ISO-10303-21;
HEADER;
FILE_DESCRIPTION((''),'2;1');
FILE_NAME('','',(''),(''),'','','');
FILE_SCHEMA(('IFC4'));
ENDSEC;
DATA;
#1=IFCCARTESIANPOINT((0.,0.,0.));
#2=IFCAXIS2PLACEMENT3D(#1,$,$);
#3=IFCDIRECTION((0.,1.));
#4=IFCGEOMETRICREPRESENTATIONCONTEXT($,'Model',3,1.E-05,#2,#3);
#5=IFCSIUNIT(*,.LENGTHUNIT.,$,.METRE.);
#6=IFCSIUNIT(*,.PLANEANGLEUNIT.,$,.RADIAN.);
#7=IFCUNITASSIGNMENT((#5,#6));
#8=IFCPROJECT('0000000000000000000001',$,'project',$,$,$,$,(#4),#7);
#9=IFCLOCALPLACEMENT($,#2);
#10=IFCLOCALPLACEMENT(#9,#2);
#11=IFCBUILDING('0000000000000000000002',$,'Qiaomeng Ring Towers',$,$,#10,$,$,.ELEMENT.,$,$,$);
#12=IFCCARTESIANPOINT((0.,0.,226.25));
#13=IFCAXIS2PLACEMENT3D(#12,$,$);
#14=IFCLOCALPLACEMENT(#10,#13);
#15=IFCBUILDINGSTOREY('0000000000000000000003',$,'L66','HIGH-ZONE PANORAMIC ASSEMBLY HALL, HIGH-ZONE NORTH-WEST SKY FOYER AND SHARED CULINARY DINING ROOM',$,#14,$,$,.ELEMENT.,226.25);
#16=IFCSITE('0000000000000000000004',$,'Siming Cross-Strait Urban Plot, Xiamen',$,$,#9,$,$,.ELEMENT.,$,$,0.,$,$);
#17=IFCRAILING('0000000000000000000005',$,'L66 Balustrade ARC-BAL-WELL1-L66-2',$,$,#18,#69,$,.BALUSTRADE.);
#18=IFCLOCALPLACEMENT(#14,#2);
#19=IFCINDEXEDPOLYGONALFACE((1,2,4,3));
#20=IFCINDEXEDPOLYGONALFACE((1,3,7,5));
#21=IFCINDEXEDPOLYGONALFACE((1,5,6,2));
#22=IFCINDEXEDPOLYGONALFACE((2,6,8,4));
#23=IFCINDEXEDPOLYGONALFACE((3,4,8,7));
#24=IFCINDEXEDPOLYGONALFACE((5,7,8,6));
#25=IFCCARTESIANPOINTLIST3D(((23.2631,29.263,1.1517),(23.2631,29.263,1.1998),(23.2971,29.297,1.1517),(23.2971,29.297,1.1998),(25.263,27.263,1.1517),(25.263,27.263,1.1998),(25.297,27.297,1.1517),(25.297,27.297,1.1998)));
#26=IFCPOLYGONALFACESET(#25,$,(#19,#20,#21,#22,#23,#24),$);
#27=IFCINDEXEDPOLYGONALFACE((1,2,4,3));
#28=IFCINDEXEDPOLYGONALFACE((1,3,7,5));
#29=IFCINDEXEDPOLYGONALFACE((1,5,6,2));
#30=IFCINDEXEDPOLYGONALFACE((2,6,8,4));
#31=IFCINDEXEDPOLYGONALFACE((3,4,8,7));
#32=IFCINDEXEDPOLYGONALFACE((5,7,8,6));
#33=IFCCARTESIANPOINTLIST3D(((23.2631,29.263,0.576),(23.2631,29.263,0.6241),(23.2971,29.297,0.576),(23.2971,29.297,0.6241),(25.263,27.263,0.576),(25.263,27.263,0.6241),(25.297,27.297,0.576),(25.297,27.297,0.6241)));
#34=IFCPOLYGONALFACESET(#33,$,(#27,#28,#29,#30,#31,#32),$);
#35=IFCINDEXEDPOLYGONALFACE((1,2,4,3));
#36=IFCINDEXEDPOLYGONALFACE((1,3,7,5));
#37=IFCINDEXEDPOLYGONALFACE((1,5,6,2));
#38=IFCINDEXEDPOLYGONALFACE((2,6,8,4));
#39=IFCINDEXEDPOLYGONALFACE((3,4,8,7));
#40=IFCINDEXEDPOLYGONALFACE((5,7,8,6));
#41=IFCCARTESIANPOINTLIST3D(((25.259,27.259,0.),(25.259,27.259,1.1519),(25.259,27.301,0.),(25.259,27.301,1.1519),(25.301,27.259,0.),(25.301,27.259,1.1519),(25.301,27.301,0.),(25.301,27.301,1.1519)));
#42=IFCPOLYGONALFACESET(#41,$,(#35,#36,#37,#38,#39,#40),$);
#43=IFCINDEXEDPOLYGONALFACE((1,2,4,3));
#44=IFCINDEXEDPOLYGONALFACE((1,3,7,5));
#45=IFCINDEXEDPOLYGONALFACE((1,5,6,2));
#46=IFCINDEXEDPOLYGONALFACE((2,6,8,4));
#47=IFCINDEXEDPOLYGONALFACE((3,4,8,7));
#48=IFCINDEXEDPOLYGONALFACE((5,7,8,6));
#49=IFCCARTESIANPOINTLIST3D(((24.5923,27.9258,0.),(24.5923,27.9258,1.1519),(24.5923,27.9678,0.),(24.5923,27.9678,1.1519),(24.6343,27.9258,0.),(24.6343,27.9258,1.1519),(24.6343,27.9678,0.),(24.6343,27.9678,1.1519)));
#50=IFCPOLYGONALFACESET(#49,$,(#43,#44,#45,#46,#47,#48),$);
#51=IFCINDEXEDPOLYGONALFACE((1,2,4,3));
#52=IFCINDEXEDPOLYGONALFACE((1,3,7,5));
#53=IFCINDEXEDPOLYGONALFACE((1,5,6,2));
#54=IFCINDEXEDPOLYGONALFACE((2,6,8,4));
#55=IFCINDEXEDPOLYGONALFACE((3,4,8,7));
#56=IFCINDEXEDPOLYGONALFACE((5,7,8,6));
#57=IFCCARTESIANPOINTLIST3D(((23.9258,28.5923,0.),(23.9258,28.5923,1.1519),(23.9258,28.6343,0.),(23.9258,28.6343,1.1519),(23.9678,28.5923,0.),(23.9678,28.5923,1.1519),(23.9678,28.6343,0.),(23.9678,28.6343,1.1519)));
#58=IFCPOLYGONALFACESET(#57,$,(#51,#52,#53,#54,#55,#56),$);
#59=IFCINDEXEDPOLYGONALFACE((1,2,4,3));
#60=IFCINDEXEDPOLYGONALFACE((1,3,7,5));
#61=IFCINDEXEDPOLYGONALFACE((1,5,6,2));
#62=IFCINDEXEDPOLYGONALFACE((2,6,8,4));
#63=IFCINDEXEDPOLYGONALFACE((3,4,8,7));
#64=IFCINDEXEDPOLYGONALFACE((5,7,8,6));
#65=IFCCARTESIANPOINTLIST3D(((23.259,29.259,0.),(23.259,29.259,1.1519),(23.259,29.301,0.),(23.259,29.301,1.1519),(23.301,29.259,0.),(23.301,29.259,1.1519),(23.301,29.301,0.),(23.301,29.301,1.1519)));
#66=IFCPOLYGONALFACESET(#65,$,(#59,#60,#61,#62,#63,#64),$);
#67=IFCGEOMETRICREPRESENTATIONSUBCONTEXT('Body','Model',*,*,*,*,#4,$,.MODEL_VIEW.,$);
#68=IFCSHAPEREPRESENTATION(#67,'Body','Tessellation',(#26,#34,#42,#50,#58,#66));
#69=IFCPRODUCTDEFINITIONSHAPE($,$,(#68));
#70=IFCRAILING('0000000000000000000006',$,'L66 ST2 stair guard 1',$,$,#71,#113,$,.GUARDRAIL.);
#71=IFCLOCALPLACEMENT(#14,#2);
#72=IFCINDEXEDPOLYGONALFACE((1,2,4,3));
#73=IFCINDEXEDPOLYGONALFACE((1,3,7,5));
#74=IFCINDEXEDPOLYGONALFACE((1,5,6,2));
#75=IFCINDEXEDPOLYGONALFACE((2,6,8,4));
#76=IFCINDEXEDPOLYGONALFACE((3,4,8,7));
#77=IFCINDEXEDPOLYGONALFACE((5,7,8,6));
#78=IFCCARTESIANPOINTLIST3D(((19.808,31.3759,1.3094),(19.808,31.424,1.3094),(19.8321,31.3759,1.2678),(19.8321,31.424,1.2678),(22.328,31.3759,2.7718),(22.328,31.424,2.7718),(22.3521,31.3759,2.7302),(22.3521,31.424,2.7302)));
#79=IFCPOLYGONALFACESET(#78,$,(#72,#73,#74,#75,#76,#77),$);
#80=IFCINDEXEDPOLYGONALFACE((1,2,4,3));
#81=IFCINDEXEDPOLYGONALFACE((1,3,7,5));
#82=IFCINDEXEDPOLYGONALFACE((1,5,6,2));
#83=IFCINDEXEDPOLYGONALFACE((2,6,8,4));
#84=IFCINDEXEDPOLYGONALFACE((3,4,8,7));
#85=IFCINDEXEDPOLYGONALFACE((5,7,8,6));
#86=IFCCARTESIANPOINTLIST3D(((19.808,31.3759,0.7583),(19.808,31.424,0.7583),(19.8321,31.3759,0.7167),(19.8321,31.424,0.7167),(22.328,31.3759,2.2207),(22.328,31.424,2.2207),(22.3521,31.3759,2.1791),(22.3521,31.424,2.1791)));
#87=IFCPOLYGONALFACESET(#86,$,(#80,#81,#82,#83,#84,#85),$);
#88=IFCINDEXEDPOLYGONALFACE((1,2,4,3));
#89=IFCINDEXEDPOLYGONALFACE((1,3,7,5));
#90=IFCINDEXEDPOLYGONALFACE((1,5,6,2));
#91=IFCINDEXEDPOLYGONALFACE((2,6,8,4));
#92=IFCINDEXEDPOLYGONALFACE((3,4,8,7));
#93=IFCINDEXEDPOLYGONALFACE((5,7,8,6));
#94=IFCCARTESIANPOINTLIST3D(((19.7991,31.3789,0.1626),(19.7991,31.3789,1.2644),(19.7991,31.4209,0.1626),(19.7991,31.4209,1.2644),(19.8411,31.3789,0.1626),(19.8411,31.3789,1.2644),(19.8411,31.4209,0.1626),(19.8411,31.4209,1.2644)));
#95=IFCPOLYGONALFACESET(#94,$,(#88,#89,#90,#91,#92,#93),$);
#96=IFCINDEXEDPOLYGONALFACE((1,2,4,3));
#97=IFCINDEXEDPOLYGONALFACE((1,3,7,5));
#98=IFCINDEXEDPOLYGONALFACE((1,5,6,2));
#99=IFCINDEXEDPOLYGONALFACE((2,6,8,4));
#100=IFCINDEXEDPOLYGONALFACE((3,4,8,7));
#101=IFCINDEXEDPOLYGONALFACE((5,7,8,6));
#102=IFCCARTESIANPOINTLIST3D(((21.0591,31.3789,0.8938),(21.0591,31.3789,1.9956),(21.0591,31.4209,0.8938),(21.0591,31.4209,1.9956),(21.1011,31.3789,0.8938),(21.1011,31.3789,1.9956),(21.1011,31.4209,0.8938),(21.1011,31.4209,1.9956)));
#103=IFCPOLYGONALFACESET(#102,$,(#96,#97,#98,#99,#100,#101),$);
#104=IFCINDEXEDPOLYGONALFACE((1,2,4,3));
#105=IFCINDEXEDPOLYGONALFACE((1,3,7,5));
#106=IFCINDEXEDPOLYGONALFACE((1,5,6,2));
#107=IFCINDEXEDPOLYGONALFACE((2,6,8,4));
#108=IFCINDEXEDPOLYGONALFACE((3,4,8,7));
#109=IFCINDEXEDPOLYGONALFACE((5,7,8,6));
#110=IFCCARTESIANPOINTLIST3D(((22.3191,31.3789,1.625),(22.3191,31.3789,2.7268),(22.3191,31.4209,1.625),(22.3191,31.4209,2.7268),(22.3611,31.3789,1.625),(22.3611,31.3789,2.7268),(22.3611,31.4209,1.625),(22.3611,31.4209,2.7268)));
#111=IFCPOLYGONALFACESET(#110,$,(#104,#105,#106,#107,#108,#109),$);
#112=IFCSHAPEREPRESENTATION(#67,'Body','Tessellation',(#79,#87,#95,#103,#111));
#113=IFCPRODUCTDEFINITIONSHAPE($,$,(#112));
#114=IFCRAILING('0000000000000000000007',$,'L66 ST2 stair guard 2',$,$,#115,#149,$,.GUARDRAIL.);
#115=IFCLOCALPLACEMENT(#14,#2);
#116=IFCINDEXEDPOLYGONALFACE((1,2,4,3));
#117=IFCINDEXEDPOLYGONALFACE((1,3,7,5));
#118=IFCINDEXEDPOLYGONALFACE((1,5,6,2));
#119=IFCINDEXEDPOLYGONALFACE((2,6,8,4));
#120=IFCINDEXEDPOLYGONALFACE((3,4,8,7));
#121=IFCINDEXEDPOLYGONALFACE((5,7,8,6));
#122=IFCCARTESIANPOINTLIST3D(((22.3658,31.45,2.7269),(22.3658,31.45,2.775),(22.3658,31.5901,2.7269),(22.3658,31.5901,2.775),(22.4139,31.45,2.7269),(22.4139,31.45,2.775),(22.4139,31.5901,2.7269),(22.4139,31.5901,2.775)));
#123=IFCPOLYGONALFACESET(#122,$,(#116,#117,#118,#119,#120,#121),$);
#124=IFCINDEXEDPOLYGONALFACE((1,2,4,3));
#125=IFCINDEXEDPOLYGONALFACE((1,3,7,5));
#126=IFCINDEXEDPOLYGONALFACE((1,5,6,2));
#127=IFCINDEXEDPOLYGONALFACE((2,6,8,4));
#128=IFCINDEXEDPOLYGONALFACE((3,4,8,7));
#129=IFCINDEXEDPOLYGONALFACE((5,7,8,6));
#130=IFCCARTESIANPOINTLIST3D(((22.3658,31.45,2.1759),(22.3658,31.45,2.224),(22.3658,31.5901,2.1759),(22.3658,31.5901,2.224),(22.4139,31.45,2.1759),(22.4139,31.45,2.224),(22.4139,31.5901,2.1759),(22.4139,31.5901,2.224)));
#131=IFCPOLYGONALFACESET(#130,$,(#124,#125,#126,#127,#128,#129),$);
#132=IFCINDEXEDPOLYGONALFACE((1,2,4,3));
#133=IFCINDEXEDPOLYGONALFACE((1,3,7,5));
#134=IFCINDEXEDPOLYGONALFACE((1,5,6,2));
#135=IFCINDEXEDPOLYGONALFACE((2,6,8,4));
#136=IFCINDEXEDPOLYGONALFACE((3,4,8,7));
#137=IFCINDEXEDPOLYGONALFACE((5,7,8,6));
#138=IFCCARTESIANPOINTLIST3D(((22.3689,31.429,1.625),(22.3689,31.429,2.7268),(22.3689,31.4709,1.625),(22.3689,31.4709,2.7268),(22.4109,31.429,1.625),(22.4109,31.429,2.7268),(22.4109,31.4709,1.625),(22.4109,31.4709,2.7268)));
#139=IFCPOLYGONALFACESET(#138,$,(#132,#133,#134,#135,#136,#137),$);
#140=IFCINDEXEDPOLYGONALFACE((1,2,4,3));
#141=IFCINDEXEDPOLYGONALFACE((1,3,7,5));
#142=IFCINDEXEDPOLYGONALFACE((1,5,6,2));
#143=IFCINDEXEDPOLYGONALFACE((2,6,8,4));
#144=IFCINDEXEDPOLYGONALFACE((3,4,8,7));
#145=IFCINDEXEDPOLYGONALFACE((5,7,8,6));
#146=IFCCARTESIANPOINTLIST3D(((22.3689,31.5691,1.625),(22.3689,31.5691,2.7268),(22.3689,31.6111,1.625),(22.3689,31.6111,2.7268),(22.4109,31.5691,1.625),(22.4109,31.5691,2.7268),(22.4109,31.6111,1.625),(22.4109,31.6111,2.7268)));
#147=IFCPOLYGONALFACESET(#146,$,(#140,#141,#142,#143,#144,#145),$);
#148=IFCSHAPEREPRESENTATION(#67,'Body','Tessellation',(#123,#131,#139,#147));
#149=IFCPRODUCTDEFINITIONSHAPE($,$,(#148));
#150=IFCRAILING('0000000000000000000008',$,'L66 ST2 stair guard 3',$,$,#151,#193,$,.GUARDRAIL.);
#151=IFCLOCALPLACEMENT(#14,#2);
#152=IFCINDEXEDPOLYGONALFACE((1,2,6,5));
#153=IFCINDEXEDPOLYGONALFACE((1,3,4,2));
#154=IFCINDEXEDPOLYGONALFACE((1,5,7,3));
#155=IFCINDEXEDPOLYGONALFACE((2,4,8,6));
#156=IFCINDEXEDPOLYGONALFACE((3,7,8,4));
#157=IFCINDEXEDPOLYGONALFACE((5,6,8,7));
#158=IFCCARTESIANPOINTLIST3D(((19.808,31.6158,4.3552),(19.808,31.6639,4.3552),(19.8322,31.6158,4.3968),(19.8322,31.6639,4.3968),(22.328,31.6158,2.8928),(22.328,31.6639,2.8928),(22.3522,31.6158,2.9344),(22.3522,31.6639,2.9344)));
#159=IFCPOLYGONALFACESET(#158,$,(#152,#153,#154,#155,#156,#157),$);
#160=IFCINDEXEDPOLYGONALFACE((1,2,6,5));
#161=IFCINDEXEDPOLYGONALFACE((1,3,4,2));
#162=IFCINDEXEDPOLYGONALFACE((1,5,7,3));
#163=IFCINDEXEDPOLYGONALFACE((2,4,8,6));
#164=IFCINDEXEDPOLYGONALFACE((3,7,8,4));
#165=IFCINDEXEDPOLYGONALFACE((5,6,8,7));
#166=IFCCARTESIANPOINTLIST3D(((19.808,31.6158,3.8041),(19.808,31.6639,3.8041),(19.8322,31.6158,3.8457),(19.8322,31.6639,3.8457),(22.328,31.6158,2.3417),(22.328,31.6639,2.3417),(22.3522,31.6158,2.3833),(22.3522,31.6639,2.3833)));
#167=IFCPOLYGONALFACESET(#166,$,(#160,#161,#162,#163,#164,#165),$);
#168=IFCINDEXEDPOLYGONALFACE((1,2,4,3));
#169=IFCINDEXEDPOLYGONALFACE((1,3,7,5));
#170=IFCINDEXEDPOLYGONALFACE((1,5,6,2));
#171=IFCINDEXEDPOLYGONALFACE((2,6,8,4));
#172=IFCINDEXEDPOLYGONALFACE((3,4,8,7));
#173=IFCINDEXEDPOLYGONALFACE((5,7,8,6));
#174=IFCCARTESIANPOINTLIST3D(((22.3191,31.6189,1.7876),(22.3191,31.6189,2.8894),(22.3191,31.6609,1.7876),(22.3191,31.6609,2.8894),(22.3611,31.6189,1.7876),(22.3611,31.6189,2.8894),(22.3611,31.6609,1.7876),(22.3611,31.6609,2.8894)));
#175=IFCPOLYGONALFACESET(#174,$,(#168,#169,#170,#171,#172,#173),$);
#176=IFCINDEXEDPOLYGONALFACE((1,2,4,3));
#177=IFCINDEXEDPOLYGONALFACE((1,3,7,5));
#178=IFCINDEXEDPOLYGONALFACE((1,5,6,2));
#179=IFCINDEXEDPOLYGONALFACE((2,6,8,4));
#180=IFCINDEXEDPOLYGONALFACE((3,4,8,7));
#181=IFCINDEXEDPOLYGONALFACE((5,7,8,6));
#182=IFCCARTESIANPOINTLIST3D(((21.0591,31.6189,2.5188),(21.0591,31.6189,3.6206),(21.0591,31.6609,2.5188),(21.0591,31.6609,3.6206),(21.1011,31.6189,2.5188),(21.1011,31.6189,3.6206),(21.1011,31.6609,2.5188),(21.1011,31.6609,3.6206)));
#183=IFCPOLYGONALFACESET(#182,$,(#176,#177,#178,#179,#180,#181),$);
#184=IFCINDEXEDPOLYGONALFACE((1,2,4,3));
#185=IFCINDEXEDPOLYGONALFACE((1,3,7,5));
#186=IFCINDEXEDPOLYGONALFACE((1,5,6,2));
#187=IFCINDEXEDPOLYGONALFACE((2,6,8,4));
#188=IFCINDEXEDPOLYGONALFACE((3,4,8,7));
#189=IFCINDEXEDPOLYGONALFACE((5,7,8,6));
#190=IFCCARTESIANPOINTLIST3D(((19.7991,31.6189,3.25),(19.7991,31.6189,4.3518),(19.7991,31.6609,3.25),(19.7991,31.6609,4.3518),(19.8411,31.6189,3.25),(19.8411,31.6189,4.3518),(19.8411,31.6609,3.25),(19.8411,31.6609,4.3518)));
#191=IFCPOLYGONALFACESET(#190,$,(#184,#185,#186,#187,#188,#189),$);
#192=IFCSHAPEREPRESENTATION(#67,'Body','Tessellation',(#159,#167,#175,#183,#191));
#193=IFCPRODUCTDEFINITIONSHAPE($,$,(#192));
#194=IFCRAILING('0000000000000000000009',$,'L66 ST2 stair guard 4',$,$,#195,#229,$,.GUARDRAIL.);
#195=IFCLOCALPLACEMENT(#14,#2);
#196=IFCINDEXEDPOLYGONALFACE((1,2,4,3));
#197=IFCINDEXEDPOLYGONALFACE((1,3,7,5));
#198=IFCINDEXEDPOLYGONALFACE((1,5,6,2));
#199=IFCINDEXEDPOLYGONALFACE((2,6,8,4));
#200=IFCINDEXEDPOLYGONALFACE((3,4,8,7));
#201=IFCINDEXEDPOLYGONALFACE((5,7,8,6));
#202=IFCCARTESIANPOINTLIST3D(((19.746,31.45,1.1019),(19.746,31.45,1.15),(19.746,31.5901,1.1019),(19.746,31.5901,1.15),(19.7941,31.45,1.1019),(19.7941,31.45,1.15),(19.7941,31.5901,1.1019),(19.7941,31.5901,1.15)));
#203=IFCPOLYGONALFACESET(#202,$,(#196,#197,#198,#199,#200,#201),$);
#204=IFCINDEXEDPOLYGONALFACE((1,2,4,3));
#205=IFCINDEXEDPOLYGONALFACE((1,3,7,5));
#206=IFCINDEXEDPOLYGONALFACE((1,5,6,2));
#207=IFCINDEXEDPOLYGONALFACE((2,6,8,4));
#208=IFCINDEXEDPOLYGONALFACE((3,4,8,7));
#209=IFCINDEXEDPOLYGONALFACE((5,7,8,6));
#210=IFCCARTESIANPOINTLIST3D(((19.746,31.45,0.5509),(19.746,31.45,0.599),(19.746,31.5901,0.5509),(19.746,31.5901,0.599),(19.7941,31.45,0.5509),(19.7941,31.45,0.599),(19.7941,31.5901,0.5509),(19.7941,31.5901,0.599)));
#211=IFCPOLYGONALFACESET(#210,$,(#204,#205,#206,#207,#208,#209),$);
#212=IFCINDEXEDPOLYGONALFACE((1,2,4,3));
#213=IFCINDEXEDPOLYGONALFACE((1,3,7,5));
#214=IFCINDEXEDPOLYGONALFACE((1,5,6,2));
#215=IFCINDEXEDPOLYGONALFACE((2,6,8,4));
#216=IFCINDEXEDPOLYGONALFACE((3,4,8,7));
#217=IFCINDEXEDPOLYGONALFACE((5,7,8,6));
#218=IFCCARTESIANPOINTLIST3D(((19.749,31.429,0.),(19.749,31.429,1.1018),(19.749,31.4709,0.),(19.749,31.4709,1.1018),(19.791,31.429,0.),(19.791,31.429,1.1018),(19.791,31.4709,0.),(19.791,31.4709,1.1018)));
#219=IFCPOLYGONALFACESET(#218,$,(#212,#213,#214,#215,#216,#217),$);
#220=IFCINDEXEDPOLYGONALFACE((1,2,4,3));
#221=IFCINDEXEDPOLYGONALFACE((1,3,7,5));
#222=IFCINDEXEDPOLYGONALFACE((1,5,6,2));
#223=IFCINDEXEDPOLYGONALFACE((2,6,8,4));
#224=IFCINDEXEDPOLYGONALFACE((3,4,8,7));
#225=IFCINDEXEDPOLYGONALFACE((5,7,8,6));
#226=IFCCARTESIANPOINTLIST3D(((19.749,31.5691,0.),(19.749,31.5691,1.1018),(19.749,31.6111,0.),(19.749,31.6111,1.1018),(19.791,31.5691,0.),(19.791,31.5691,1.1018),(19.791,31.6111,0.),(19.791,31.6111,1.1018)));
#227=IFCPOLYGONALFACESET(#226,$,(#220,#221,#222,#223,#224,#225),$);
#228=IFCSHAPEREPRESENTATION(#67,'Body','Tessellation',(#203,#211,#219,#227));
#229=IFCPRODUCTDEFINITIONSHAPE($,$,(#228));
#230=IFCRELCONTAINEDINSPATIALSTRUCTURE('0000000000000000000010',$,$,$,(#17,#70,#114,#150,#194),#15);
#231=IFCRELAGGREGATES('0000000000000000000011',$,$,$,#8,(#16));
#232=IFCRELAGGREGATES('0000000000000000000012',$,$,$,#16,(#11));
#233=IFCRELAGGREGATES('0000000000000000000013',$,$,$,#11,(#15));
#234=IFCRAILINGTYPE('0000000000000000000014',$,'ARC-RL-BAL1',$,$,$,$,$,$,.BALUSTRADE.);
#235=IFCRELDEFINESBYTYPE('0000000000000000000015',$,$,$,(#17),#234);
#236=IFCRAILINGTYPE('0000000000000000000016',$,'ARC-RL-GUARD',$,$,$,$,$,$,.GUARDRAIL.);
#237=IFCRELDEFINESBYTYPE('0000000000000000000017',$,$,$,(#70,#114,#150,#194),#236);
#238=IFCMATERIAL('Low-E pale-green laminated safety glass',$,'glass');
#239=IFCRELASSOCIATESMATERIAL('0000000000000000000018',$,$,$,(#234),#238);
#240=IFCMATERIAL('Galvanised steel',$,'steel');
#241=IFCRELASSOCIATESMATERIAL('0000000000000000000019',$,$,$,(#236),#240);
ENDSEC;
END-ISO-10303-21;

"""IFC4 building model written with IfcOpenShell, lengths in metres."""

from ifc_helpers import new_model, si_unit, direction, frame, origin, origin_2d, place, context, subcontext, project, spatial, rectangle, extrude, material, type_object, element, save


model = new_model("IFC4")

# Units and contexts
model_context = context("Model", 3, precision=1e-05, world=origin(), true_north=direction((0.0, 1.0)))
body_context = subcontext(model_context, "Body", "Model", "MODEL_VIEW")
ifc_project = project(units=[si_unit("LENGTHUNIT", "METRE"), si_unit("PLANEANGLEUNIT", "RADIAN")], contexts=[model_context])

# Site, building, storey
site_placement = place(None, origin())
site = spatial("IfcSite", under=ifc_project, at=site_placement, Name="Siming Cross-Strait Urban Plot, Xiamen", CompositionType="ELEMENT", RefElevation=0.0)
building_placement = place(site_placement, origin())
building = spatial("IfcBuilding", under=site, at=building_placement, Name="Qiaomeng Ring Towers", CompositionType="ELEMENT")
storey_placement = place(building_placement, frame((0.0, 0.0, 226.25)))
storey = spatial("IfcBuildingStorey", under=building, at=storey_placement, Name="L66", Description="HIGH-ZONE PANORAMIC ASSEMBLY HALL, HIGH-ZONE NORTH-WEST SKY FOYER AND SHARED CULINARY DINING ROOM", CompositionType="ELEMENT", Elevation=226.25)

# Shared definitions
ifc_material_1 = material(Name="Galvanised steel", Category="steel")

# Railings
ifc_material_2 = material(Name="Low-E pale-green laminated safety glass", Category="glass")
railing_type_1 = type_object("IfcRailingType", Name="ARC-RL-BAL1", PredefinedType="BALUSTRADE", material=ifc_material_2)
railing_1_placement = place(storey_placement, frame((25.28, 27.28, 0.0)))
element("IfcRailing", 1, at=railing_1_placement, inside=storey, type_object=railing_type_1, Name="L66 Balustrade ARC-BAL-WELL1-L66-2", PredefinedType="BALUSTRADE", context=body_context, shape_type="SweptSolid", body=[
    extrude(rectangle(XDim=0.0481, YDim=0.0481, at=origin_2d()), frame((0.0, 0.0, 1.1758), z_axis=(-0.707107, 0.707107, 0.0), x_axis=(-0.707107, -0.707107, 0.0)), (0.0, 0.0, 1.0), 2.8284),
    extrude(rectangle(XDim=0.0481, YDim=0.0481, at=origin_2d()), frame((0.0, 0.0, 0.6001), z_axis=(-0.707107, 0.707107, 0.0), x_axis=(-0.707107, -0.707107, 0.0)), (0.0, 0.0, 1.0), 2.8284),
    extrude(rectangle(XDim=0.042, YDim=0.042, at=origin_2d()), origin(), (0.0, 0.0, 1.0), 1.1519),
    extrude(rectangle(XDim=0.042, YDim=0.042, at=origin_2d()), frame((-0.6667, 0.6667, 0.0)), (0.0, 0.0, 1.0), 1.1519),
    extrude(rectangle(XDim=0.042, YDim=0.042, at=origin_2d()), frame((-1.3333, 1.3333, 0.0)), (0.0, 0.0, 1.0), 1.1519),
    extrude(rectangle(XDim=0.042, YDim=0.042, at=origin_2d()), frame((-2.0, 2.0, 0.0)), (0.0, 0.0, 1.0), 1.1519),
])
railing_type_2 = type_object("IfcRailingType", Name="ARC-RL-GUARD", PredefinedType="GUARDRAIL", material=ifc_material_1)
railing_2_placement = place(storey_placement, frame((19.8201, 31.3999, 0.1626)))
element("IfcRailing", 2, at=railing_2_placement, inside=storey, type_object=railing_type_2, Name="L66 ST2 stair guard 1", PredefinedType="GUARDRAIL", context=body_context, shape_type="SweptSolid", body=[
    extrude(rectangle(XDim=0.0481, YDim=0.0481, at=origin_2d()), frame((0.0, 0.0, 1.126), z_axis=(0.864913, 0.0, 0.501921), x_axis=(0.0, 1.0, 0.0)), (0.0, 0.0, 1.0), 2.9136),
    extrude(rectangle(XDim=0.0481, YDim=0.0481, at=origin_2d()), frame((0.0, 0.0, 0.575), z_axis=(0.864913, 0.0, 0.501921), x_axis=(0.0, 1.0, 0.0)), (0.0, 0.0, 1.0), 2.9136),
    extrude(rectangle(XDim=0.042, YDim=0.042, at=origin_2d()), origin(), (0.0, 0.0, 1.0), 1.1018),
    extrude(rectangle(XDim=0.042, YDim=0.042, at=origin_2d()), frame((1.26, 0.0, 0.7312)), (0.0, 0.0, 1.0), 1.1018),
    extrude(rectangle(XDim=0.042, YDim=0.042, at=origin_2d()), frame((2.52, 0.0, 1.4624)), (0.0, 0.0, 1.0), 1.1018),
])
railing_3_placement = place(storey_placement, frame((22.3899, 31.45, 1.625)))
element("IfcRailing", 3, at=railing_3_placement, inside=storey, type_object=railing_type_2, Name="L66 ST2 stair guard 2", PredefinedType="GUARDRAIL", context=body_context, shape_type="SweptSolid", body=[
    extrude(rectangle(XDim=0.0481, YDim=0.0481, at=origin_2d()), frame((0.0, 0.0, 1.126), z_axis=(0.0, 1.0, 0.0), x_axis=(-1.0, 0.0, 0.0)), (0.0, 0.0, 1.0), 0.1401),
    extrude(rectangle(XDim=0.0481, YDim=0.0481, at=origin_2d()), frame((0.0, 0.0, 0.575), z_axis=(0.0, 1.0, 0.0), x_axis=(-1.0, 0.0, 0.0)), (0.0, 0.0, 1.0), 0.1401),
    extrude(rectangle(XDim=0.042, YDim=0.042, at=origin_2d()), origin(), (0.0, 0.0, 1.0), 1.1018),
    extrude(rectangle(XDim=0.042, YDim=0.042, at=origin_2d()), frame((0.0, 0.1401, 0.0)), (0.0, 0.0, 1.0), 1.1018),
])
railing_4_placement = place(storey_placement, frame((22.3401, 31.6399, 1.7876)))
element("IfcRailing", 4, at=railing_4_placement, inside=storey, type_object=railing_type_2, Name="L66 ST2 stair guard 3", PredefinedType="GUARDRAIL", context=body_context, shape_type="SweptSolid", body=[
    extrude(rectangle(XDim=0.0481, YDim=0.0481, at=origin_2d()), frame((0.0, 0.0, 1.126), z_axis=(-0.864913, 0.0, 0.501921), x_axis=(0.0, -1.0, 0.0)), (0.0, 0.0, 1.0), 2.9136),
    extrude(rectangle(XDim=0.0481, YDim=0.0481, at=origin_2d()), frame((0.0, 0.0, 0.575), z_axis=(-0.864913, 0.0, 0.501921), x_axis=(0.0, -1.0, 0.0)), (0.0, 0.0, 1.0), 2.9136),
    extrude(rectangle(XDim=0.042, YDim=0.042, at=origin_2d()), origin(), (0.0, 0.0, 1.0), 1.1018),
    extrude(rectangle(XDim=0.042, YDim=0.042, at=origin_2d()), frame((-1.26, 0.0, 0.7312)), (0.0, 0.0, 1.0), 1.1018),
    extrude(rectangle(XDim=0.042, YDim=0.042, at=origin_2d()), frame((-2.52, 0.0, 1.4624)), (0.0, 0.0, 1.0), 1.1018),
])
railing_5_placement = place(storey_placement, frame((19.77, 31.45, 0.0)))
element("IfcRailing", 5, at=railing_5_placement, inside=storey, type_object=railing_type_2, Name="L66 ST2 stair guard 4", PredefinedType="GUARDRAIL", context=body_context, shape_type="SweptSolid", body=[
    extrude(rectangle(XDim=0.0481, YDim=0.0481, at=origin_2d()), frame((0.0, 0.0, 1.126), z_axis=(0.0, 1.0, 0.0), x_axis=(-1.0, 0.0, 0.0)), (0.0, 0.0, 1.0), 0.1401),
    extrude(rectangle(XDim=0.0481, YDim=0.0481, at=origin_2d()), frame((0.0, 0.0, 0.575), z_axis=(0.0, 1.0, 0.0), x_axis=(-1.0, 0.0, 0.0)), (0.0, 0.0, 1.0), 0.1401),
    extrude(rectangle(XDim=0.042, YDim=0.042, at=origin_2d()), origin(), (0.0, 0.0, 1.0), 1.1018),
    extrude(rectangle(XDim=0.042, YDim=0.042, at=origin_2d()), frame((0.0, 0.1401, 0.0)), (0.0, 0.0, 1.0), 1.1018),
])

save(model, "model.ifc")
